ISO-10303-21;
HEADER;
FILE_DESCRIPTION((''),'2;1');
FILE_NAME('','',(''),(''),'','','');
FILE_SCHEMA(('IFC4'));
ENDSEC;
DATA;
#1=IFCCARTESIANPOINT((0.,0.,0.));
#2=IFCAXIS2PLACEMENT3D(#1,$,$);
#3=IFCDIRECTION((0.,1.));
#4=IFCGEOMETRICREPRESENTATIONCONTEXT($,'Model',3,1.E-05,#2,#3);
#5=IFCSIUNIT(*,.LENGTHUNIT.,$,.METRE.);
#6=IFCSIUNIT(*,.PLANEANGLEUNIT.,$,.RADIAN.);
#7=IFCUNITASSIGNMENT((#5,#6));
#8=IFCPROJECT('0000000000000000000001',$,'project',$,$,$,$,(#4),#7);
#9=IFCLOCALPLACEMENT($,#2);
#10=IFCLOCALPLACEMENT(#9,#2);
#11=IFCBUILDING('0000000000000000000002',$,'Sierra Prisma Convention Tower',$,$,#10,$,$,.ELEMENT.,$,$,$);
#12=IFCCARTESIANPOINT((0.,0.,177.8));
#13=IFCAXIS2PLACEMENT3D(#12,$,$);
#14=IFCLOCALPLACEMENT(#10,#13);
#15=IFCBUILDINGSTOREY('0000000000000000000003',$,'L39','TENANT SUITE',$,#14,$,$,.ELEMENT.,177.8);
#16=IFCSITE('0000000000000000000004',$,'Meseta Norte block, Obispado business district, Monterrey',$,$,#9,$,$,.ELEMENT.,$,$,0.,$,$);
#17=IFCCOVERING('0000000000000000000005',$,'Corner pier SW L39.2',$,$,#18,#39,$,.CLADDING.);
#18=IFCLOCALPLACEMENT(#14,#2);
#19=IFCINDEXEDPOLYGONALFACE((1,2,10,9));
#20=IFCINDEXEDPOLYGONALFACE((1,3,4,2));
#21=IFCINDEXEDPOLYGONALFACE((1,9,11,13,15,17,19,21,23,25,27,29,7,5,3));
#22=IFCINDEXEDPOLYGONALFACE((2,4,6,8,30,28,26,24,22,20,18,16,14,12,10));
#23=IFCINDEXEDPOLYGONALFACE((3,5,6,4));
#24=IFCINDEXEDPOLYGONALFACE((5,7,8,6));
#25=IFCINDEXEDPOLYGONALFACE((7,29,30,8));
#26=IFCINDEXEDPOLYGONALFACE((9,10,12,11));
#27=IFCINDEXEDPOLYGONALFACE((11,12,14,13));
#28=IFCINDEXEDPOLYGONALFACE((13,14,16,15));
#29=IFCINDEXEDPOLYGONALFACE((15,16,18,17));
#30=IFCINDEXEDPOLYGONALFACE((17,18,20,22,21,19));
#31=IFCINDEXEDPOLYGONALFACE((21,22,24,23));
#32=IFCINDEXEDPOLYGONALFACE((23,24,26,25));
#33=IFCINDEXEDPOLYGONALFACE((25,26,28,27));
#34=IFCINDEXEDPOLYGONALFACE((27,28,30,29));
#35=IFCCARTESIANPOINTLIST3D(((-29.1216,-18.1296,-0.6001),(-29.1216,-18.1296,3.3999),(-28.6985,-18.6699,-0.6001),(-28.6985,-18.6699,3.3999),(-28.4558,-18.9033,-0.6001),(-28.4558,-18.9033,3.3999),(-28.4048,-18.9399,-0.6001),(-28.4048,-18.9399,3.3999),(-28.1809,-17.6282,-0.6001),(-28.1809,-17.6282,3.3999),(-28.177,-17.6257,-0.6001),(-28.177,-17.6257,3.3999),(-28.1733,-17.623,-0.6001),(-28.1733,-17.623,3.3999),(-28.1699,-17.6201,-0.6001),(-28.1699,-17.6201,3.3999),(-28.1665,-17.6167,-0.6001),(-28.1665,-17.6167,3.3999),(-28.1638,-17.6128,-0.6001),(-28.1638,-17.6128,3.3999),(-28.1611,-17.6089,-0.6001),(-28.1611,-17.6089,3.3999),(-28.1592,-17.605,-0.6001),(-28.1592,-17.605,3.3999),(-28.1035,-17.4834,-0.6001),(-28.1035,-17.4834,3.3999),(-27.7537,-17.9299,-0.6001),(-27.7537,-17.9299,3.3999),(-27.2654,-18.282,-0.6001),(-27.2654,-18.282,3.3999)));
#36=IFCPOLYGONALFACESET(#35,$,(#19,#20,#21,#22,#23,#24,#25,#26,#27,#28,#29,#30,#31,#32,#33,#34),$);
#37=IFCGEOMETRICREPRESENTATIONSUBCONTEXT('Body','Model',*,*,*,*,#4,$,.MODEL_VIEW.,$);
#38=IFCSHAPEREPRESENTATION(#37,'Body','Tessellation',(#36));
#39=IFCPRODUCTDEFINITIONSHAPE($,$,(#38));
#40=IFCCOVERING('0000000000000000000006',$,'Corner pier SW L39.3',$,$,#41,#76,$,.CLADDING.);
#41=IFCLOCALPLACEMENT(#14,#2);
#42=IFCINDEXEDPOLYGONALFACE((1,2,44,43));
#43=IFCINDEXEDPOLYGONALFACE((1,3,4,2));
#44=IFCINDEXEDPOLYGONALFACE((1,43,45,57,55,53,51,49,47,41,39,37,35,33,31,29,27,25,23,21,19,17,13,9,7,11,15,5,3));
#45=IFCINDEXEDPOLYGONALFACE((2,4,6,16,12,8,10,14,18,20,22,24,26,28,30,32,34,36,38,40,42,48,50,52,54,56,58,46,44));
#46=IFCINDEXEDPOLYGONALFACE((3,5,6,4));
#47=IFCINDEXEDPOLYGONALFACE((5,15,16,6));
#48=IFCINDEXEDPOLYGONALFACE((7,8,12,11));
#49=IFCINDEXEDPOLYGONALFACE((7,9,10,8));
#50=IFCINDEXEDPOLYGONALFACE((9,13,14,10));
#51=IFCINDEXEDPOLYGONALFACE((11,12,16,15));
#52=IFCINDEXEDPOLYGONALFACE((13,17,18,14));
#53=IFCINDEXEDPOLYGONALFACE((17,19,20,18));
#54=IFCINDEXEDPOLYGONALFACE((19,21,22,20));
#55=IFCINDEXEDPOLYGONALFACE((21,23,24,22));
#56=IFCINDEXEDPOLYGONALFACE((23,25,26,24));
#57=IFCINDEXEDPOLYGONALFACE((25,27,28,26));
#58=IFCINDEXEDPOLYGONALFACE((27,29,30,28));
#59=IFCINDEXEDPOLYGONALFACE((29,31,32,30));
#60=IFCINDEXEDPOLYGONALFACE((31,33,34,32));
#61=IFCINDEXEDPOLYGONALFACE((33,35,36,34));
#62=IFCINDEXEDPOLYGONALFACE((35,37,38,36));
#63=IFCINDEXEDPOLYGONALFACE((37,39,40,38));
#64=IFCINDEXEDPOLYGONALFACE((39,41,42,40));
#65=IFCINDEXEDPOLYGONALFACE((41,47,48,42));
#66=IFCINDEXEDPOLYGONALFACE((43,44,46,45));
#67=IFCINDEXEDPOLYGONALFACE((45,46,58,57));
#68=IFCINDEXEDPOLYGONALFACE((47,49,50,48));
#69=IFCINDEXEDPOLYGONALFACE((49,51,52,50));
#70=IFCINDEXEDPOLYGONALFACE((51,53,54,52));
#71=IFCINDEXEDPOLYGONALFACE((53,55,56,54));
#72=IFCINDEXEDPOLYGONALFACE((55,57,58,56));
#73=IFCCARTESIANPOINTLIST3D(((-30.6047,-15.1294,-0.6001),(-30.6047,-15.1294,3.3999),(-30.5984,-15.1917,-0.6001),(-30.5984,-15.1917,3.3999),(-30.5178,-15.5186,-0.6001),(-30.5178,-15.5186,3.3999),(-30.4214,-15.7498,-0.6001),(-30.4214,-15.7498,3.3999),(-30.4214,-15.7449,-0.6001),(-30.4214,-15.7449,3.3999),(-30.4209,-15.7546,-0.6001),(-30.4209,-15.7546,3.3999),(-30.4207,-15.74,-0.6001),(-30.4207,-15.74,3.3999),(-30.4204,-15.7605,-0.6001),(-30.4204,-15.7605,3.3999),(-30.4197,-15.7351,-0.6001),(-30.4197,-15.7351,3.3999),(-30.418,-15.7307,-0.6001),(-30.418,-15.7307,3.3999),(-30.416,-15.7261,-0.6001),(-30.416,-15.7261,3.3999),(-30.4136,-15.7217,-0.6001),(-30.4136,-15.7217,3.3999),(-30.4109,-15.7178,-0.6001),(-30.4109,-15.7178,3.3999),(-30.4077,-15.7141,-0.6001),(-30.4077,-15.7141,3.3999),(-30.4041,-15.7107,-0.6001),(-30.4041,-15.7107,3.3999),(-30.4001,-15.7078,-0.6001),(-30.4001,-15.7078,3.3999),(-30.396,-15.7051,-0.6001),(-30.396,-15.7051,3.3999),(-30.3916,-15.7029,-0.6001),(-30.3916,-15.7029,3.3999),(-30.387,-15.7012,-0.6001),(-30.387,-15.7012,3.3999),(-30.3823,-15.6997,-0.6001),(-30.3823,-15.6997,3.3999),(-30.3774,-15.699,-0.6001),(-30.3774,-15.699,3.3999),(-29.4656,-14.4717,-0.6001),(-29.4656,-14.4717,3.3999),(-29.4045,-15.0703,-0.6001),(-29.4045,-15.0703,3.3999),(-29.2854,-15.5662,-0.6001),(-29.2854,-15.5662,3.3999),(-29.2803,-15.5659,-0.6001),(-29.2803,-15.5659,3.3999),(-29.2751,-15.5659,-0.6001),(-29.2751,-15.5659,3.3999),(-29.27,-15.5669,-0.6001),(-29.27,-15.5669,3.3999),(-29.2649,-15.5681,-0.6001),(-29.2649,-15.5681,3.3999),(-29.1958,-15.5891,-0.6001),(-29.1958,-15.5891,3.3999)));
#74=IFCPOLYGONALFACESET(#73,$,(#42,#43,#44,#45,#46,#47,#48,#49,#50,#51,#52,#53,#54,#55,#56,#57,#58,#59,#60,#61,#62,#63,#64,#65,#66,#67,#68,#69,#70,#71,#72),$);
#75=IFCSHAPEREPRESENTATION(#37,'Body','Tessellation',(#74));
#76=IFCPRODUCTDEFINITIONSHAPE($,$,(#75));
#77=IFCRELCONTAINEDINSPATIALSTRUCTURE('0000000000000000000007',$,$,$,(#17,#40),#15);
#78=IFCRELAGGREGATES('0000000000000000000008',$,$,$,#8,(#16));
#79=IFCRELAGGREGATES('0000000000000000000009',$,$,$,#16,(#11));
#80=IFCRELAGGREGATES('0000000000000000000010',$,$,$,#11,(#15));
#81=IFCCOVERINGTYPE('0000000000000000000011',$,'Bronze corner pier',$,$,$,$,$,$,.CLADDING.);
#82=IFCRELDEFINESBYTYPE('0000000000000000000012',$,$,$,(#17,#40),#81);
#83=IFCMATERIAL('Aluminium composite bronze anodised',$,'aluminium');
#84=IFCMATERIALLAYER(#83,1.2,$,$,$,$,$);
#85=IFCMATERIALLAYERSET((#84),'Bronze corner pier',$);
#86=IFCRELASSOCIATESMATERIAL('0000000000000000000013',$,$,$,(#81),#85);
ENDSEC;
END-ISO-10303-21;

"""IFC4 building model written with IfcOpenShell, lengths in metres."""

from ifc_helpers import new_model, si_unit, direction, frame, origin, place, context, subcontext, project, spatial, polyline, outline, extrude, material, layer, layer_set, type_object, element, save


model = new_model("IFC4")

# Units and contexts
model_context = context("Model", 3, precision=1e-05, world=origin(), true_north=direction((0.0, 1.0)))
body_context = subcontext(model_context, "Body", "Model", "MODEL_VIEW")
ifc_project = project(units=[si_unit("LENGTHUNIT", "METRE"), si_unit("PLANEANGLEUNIT", "RADIAN")], contexts=[model_context])

# Site, building, storey
site_placement = place(None, origin())
site = spatial("IfcSite", under=ifc_project, at=site_placement, Name="Meseta Norte block, Obispado business district, Monterrey", CompositionType="ELEMENT", RefElevation=0.0)
building_placement = place(site_placement, origin())
building = spatial("IfcBuilding", under=site, at=building_placement, Name="Sierra Prisma Convention Tower", CompositionType="ELEMENT")
storey_placement = place(building_placement, frame((0.0, 0.0, 177.8)))
storey = spatial("IfcBuildingStorey", under=building, at=storey_placement, Name="L39", Description="TENANT SUITE", CompositionType="ELEMENT", Elevation=177.8)

# Coverings
ifc_material_1 = material(Name="Aluminium composite bronze anodised", Category="aluminium")
ifc_layer_1 = layer(ifc_material_1, 1.2)
ifc_layer_set_1 = layer_set([ifc_layer_1], Name="Bronze corner pier")
covering_type_1 = type_object("IfcCoveringType", Name="Bronze corner pier", PredefinedType="CLADDING", material=ifc_layer_set_1)
covering_1_placement = place(storey_placement, frame((0.0, 0.0, -0.6001)))
element("IfcCovering", 1, at=covering_1_placement, inside=storey, type_object=covering_type_1, Name="Corner pier SW L39.2", PredefinedType="CLADDING", context=body_context, shape_type="SweptSolid", body=[
    extrude(outline(polyline([(-27.2654, -18.282), (-28.4048, -18.9399), (-28.4558, -18.9033), (-28.6985, -18.6699), (-29.1216, -18.1296), (-28.1809, -17.6282), (-28.177, -17.6257), (-28.1733, -17.623), (-28.1699, -17.6201), (-28.1665, -17.6167), (-28.1638, -17.6128), (-28.1611, -17.6089), (-28.1592, -17.605), (-28.1035, -17.4834), (-27.7537, -17.9299), (-27.2654, -18.282)])), origin(), (0.0, 0.0, 1.0), 4.0),
])
covering_2_placement = place(storey_placement, frame((0.0, 0.0, -0.6001)))
element("IfcCovering", 2, at=covering_2_placement, inside=storey, type_object=covering_type_1, Name="Corner pier SW L39.3", PredefinedType="CLADDING", context=body_context, shape_type="SweptSolid", body=[
    extrude(outline(polyline([(-30.6047, -15.1294), (-29.4656, -14.4717), (-29.4045, -15.0703), (-29.1958, -15.5891), (-29.2649, -15.5681), (-29.27, -15.5669), (-29.2751, -15.5659), (-29.2803, -15.5659), (-29.2854, -15.5662), (-30.3774, -15.699), (-30.3823, -15.6997), (-30.387, -15.7012), (-30.3916, -15.7029), (-30.396, -15.7051), (-30.4001, -15.7078), (-30.4041, -15.7107), (-30.4077, -15.7141), (-30.4109, -15.7178), (-30.4136, -15.7217), (-30.416, -15.7261), (-30.418, -15.7307), (-30.4197, -15.7351), (-30.4207, -15.74), (-30.4214, -15.7449), (-30.4214, -15.7498), (-30.4209, -15.7546), (-30.4204, -15.7605), (-30.5178, -15.5186), (-30.5984, -15.1917), (-30.6047, -15.1294)])), origin(), (0.0, 0.0, 1.0), 4.0),
])

save(model, "model.ifc")
